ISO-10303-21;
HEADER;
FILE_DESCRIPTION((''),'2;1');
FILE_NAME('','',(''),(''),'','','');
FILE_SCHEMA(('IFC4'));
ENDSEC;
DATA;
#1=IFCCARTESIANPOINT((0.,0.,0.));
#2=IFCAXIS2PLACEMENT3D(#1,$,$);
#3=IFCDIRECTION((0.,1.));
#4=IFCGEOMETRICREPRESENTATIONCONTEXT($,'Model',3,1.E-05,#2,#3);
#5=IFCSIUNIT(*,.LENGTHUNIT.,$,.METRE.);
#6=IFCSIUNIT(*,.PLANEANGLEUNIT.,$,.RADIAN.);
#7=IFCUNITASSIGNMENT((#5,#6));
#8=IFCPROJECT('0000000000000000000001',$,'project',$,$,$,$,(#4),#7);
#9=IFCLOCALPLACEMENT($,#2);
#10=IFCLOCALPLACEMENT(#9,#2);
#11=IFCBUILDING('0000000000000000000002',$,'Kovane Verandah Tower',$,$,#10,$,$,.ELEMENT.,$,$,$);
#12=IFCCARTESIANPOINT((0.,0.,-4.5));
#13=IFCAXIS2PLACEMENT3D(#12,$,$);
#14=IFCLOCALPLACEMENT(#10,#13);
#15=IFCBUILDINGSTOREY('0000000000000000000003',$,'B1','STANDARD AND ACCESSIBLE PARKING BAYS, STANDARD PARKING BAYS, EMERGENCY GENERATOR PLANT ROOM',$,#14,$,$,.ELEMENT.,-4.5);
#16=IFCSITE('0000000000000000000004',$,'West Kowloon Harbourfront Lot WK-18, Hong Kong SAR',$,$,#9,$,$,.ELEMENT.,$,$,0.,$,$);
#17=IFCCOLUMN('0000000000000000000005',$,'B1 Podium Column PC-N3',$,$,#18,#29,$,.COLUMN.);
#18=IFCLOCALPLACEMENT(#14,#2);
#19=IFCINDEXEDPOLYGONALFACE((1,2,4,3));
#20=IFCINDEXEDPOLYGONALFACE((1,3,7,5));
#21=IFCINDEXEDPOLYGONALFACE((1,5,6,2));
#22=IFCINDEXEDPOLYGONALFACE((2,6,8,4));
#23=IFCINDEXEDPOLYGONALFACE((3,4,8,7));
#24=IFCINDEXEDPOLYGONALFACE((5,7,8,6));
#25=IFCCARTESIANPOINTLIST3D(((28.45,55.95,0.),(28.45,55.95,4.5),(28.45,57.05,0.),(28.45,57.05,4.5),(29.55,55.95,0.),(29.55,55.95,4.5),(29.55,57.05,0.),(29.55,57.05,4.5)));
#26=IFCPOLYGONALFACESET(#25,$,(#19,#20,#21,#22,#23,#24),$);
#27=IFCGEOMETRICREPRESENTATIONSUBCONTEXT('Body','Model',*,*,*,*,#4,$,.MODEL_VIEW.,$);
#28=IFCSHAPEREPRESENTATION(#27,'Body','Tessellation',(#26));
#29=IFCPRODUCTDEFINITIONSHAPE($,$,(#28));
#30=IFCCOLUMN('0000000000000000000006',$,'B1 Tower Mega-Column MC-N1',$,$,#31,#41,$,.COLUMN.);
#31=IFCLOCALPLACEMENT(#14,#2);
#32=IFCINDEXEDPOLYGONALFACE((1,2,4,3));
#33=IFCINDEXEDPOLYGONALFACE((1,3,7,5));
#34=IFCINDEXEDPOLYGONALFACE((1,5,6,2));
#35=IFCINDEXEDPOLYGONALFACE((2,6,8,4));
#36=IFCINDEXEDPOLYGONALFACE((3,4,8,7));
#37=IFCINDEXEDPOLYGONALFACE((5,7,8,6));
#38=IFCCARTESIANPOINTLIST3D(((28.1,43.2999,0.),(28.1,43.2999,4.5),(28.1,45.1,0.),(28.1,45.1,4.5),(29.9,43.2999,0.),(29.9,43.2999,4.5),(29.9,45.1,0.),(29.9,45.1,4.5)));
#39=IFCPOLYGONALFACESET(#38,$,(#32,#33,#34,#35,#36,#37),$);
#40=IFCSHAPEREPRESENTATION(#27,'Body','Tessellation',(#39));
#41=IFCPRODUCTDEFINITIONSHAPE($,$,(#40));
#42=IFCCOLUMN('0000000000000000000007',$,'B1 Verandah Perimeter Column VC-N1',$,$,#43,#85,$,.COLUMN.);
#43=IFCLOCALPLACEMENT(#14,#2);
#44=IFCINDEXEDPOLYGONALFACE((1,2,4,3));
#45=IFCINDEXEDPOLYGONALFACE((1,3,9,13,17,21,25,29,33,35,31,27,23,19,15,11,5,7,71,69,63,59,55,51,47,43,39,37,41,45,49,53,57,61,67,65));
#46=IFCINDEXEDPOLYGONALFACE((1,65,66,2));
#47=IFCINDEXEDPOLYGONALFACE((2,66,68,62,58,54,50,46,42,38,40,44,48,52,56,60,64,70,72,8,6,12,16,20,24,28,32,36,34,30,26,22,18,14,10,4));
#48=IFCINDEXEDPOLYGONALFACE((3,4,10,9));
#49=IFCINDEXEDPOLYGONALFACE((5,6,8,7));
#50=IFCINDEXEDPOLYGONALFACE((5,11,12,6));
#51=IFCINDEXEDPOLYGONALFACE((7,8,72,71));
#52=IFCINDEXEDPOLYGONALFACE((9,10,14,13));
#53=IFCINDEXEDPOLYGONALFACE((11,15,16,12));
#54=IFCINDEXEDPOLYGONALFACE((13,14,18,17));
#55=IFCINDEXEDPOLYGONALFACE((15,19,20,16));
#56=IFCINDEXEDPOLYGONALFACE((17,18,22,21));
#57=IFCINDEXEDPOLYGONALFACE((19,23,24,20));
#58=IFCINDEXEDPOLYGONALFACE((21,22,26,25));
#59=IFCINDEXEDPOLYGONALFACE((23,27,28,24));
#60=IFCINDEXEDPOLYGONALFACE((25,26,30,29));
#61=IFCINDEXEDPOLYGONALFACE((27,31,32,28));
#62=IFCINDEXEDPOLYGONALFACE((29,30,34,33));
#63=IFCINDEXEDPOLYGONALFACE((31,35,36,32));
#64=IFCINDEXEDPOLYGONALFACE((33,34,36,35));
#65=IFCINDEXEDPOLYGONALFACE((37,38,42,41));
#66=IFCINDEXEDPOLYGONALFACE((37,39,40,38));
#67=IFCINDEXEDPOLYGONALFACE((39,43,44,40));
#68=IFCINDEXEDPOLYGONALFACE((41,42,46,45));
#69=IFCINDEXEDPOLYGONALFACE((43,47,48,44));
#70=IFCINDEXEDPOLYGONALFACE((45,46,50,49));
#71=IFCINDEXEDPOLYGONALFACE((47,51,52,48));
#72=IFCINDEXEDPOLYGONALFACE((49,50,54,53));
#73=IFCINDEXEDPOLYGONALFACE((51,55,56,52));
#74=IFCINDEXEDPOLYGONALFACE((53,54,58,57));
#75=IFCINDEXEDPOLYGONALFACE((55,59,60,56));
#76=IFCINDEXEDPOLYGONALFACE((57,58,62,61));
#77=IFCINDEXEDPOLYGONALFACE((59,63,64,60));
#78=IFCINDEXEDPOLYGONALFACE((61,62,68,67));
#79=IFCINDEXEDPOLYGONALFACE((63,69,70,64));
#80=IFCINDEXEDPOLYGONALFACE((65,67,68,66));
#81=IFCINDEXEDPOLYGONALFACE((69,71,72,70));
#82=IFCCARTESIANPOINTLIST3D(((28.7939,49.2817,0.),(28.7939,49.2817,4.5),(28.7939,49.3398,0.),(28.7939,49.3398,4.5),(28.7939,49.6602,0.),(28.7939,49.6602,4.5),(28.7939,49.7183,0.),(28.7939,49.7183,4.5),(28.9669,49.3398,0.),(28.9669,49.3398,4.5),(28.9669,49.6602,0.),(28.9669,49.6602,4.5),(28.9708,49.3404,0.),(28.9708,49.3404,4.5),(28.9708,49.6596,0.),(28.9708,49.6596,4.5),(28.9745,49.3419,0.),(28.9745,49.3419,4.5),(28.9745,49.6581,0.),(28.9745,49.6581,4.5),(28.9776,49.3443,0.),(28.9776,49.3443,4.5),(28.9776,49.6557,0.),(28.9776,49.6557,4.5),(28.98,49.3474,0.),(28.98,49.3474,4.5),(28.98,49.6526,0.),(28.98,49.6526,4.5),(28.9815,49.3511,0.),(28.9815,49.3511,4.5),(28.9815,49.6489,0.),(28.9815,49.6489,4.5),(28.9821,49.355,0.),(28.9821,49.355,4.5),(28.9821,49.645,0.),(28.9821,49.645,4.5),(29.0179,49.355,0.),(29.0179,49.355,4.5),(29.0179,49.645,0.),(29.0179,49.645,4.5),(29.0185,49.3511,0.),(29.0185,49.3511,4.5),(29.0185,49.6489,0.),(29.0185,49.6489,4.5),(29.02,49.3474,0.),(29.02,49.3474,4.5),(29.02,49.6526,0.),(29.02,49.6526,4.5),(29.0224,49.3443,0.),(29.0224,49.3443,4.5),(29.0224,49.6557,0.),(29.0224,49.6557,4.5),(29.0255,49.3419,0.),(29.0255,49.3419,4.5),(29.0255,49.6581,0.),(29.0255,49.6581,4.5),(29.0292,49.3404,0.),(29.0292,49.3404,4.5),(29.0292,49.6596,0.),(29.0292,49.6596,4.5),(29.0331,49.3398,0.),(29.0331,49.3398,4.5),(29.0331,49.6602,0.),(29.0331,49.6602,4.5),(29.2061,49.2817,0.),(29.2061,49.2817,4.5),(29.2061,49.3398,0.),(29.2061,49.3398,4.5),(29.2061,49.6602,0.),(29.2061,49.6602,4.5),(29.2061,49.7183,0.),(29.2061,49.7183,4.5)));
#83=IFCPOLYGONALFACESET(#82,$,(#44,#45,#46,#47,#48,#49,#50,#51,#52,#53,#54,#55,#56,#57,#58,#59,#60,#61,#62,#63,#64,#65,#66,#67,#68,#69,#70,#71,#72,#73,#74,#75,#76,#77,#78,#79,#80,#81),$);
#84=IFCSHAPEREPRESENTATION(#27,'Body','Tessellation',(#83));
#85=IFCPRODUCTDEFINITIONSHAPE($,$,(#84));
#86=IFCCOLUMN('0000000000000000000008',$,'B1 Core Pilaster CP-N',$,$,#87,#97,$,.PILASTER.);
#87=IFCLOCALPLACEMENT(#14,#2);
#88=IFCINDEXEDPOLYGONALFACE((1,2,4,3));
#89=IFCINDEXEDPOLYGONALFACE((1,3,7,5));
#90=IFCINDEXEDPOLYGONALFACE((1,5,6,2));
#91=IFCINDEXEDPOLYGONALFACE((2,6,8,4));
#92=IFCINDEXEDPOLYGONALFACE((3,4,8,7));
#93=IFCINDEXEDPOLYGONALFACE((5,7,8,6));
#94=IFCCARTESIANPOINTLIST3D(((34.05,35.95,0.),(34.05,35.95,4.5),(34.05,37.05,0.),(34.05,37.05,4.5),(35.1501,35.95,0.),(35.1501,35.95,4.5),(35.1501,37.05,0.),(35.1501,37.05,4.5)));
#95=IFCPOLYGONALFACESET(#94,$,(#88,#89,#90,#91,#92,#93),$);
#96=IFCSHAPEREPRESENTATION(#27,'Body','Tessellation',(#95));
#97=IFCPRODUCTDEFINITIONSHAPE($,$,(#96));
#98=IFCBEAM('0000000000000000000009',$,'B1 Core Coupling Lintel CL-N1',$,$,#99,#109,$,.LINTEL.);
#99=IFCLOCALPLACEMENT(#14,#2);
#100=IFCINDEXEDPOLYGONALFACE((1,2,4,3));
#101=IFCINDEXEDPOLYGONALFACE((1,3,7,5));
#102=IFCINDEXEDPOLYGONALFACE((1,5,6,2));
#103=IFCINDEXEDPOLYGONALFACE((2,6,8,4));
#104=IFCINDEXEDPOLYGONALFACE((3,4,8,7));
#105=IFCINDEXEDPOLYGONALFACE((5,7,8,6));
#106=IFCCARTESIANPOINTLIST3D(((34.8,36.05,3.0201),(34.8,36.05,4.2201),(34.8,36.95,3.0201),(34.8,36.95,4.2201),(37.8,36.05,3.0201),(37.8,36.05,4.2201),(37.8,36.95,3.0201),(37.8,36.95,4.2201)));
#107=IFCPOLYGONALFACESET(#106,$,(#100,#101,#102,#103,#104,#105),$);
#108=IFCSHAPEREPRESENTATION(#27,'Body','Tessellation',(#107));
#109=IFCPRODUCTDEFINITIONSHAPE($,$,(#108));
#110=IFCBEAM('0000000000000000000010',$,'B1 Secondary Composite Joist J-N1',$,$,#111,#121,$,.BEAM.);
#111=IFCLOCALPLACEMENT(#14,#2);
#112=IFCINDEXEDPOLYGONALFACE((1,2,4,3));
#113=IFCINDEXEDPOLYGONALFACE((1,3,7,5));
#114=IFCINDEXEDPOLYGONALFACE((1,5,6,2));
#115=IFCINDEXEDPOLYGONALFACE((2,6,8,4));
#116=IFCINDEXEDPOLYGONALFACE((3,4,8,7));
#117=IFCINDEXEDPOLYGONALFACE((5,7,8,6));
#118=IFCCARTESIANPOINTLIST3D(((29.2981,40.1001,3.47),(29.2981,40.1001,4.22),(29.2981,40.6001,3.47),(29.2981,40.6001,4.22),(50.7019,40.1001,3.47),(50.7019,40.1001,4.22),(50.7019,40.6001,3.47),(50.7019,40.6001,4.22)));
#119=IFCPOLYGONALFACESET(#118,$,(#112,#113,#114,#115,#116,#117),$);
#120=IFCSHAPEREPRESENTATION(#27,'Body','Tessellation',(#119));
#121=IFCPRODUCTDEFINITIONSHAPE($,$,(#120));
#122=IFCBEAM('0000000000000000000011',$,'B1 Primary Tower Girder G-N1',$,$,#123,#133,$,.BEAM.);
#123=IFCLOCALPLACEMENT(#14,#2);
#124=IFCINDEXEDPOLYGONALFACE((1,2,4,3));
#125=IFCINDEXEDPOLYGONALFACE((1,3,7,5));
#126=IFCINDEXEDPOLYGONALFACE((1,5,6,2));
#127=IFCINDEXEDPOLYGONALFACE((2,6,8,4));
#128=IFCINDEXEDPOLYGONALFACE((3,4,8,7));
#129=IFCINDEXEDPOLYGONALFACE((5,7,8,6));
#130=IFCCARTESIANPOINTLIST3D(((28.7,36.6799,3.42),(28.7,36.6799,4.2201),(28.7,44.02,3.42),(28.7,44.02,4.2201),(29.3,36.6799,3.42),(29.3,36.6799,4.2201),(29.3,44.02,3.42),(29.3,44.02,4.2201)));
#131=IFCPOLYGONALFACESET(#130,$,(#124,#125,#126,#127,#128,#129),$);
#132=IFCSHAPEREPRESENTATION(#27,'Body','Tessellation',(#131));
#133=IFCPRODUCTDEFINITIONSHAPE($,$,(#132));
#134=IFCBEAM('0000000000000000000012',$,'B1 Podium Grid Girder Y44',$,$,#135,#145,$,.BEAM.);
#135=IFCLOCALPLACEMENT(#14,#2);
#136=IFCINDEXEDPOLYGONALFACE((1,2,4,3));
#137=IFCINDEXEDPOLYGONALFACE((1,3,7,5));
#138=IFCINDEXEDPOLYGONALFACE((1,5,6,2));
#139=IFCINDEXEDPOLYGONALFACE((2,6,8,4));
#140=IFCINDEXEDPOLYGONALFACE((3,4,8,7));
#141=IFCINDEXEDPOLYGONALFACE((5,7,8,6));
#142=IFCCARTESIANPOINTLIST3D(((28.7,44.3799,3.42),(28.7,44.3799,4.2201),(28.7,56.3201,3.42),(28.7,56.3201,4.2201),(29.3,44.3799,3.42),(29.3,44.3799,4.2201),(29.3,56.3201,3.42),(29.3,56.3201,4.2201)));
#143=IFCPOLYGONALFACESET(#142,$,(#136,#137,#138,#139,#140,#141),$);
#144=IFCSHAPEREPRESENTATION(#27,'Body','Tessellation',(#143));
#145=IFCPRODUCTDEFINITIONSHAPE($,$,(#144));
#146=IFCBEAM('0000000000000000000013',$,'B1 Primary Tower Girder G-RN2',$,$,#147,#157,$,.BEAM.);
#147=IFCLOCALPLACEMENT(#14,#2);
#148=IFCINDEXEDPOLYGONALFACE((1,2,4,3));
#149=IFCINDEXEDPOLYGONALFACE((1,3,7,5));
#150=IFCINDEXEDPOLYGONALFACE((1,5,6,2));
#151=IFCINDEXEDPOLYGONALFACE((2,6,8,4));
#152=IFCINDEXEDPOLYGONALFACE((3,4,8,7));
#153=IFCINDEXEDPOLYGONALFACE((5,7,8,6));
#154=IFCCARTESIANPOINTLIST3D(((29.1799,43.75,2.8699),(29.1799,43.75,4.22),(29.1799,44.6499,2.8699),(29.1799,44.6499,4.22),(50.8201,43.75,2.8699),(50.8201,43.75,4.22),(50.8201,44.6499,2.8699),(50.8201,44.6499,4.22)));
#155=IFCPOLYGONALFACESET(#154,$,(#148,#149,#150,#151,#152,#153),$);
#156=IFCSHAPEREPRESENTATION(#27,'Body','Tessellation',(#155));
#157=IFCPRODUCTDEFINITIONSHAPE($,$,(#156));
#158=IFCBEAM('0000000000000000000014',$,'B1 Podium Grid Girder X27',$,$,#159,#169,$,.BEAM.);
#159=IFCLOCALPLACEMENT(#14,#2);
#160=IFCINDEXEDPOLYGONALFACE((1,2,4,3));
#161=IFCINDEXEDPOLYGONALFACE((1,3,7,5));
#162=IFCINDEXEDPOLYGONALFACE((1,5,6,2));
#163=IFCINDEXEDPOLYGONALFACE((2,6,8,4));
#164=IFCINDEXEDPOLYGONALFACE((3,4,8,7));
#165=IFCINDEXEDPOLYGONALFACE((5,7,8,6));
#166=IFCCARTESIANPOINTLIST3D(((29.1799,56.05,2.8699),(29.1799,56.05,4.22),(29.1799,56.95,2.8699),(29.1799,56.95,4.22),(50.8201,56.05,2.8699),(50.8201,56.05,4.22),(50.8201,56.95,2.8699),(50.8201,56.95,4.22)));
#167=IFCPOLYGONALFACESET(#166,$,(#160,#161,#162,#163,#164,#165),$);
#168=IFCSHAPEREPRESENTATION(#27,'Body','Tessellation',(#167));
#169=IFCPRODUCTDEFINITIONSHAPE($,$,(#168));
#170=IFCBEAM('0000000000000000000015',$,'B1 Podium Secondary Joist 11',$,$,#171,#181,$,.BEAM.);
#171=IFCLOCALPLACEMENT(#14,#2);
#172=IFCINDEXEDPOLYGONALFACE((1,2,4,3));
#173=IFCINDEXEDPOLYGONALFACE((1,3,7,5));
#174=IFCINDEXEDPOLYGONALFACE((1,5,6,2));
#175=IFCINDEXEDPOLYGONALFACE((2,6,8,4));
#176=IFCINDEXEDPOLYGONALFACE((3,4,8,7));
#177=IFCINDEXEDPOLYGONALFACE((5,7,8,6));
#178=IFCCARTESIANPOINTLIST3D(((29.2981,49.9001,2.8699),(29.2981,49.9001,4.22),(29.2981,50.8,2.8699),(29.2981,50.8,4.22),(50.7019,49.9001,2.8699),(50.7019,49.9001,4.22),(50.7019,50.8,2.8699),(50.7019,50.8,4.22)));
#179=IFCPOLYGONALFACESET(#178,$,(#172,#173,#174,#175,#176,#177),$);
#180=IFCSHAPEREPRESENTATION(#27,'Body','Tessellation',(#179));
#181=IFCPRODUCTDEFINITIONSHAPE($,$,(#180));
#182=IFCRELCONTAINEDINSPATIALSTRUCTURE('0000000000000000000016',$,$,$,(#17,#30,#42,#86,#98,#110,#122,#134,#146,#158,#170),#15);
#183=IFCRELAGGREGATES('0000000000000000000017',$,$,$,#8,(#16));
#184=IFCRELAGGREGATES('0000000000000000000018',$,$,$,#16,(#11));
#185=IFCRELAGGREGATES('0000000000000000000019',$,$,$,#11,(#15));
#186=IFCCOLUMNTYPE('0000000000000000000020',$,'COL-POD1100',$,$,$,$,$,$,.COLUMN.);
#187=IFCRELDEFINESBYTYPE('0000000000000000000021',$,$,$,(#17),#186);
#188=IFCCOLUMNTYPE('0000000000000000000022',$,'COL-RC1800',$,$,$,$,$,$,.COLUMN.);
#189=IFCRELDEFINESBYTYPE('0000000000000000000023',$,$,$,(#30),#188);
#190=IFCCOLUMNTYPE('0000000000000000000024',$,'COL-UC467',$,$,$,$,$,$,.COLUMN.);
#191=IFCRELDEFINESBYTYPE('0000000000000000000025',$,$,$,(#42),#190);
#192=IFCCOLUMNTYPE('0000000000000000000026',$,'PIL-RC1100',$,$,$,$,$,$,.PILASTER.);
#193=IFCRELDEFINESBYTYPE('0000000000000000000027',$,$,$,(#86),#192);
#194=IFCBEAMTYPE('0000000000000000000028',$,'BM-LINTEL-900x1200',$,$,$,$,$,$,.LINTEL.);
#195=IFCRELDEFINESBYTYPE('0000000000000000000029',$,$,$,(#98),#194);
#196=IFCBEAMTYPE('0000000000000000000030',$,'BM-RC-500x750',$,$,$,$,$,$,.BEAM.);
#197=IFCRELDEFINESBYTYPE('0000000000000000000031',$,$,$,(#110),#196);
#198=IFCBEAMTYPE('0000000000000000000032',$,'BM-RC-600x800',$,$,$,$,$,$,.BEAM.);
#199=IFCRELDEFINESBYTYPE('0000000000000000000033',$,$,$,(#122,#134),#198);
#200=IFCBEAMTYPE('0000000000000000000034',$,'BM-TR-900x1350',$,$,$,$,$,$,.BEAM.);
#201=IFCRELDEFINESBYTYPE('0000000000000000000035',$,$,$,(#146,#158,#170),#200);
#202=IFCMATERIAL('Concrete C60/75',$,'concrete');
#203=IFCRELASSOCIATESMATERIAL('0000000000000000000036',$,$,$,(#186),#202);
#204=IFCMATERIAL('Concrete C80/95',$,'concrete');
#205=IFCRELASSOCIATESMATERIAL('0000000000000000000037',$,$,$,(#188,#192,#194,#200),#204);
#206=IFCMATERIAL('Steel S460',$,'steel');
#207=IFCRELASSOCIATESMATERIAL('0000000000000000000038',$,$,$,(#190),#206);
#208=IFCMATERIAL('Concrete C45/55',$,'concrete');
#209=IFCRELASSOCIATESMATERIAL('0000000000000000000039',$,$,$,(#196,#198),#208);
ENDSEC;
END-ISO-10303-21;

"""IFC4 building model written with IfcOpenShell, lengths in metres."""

from ifc_helpers import new_model, si_unit, direction, frame, origin, origin_2d, place, context, subcontext, project, spatial, rectangle, i_section, extrude, material, material_profile, profile_set, type_object, element, save


model = new_model("IFC4")

# Units and contexts
model_context = context("Model", 3, precision=1e-05, world=origin(), true_north=direction((0.0, 1.0)))
body_context = subcontext(model_context, "Body", "Model", "MODEL_VIEW")
ifc_project = project(units=[si_unit("LENGTHUNIT", "METRE"), si_unit("PLANEANGLEUNIT", "RADIAN")], contexts=[model_context])

# Site, building, storey
site_placement = place(None, origin())
site = spatial("IfcSite", under=ifc_project, at=site_placement, Name="West Kowloon Harbourfront Lot WK-18, Hong Kong SAR", CompositionType="ELEMENT", RefElevation=0.0)
building_placement = place(site_placement, origin())
building = spatial("IfcBuilding", under=site, at=building_placement, Name="Kovane Verandah Tower", CompositionType="ELEMENT")
storey_placement = place(building_placement, frame((0.0, 0.0, -4.5)))
storey = spatial("IfcBuildingStorey", under=building, at=storey_placement, Name="B1", Description="STANDARD AND ACCESSIBLE PARKING BAYS, STANDARD PARKING BAYS, EMERGENCY GENERATOR PLANT ROOM", CompositionType="ELEMENT", Elevation=-4.5)

# Columns
ifc_material_1 = material(Name="Concrete C60/75", Category="concrete")
ifc_material_profile_1 = material_profile(ifc_material_1, rectangle(XDim=1.1001, YDim=1.1001, at=origin_2d()), Name="RC1100x1100")
ifc_profile_set_1 = profile_set([ifc_material_profile_1], Name="Concrete C60/75")
column_type_1 = type_object("IfcColumnType", Name="COL-POD1100", PredefinedType="COLUMN", material=ifc_profile_set_1)
column_1_placement = place(storey_placement, frame((29.0, 56.5, 0.0), z_axis=(0.0, 0.0, 1.0), x_axis=(1.0, 0.0, 0.0)))
element("IfcColumn", 1, at=column_1_placement, inside=storey, type_object=column_type_1, Name="B1 Podium Column PC-N3", PredefinedType="COLUMN", context=body_context, shape_type="SweptSolid", body=[
    extrude(rectangle(XDim=1.1001, YDim=1.1001, at=origin_2d()), origin(), (0.0, 0.0, 1.0), 4.5),
])
ifc_material_2 = material(Name="Concrete C80/95", Category="concrete")
ifc_material_profile_2 = material_profile(ifc_material_2, rectangle(XDim=1.8, YDim=1.8, at=origin_2d()), Name="RC1800x1800")
ifc_profile_set_2 = profile_set([ifc_material_profile_2], Name="Concrete C80/95")
column_type_2 = type_object("IfcColumnType", Name="COL-RC1800", PredefinedType="COLUMN", material=ifc_profile_set_2)
column_2_placement = place(storey_placement, frame((29.0, 44.2, 0.0), z_axis=(0.0, 0.0, 1.0), x_axis=(1.0, 0.0, 0.0)))
element("IfcColumn", 2, at=column_2_placement, inside=storey, type_object=column_type_2, Name="B1 Tower Mega-Column MC-N1", PredefinedType="COLUMN", context=body_context, shape_type="SweptSolid", body=[
    extrude(rectangle(XDim=1.8, YDim=1.8, at=origin_2d()), origin(), (0.0, 0.0, 1.0), 4.5),
])
ifc_material_3 = material(Name="Steel S460", Category="steel")
ifc_material_profile_3 = material_profile(ifc_material_3, i_section(OverallWidth=0.4121, OverallDepth=0.4365, WebThickness=0.0359, FlangeThickness=0.0581, FilletRadius=0.0151, at=origin_2d()), Name="UC356x406x467")
ifc_profile_set_3 = profile_set([ifc_material_profile_3], Name="Steel S460")
column_type_3 = type_object("IfcColumnType", Name="COL-UC467", PredefinedType="COLUMN", material=ifc_profile_set_3)
column_3_placement = place(storey_placement, frame((29.0, 49.5, 0.0), z_axis=(0.0, 0.0, 1.0), x_axis=(1.0, 0.0, 0.0)))
element("IfcColumn", 3, at=column_3_placement, inside=storey, type_object=column_type_3, Name="B1 Verandah Perimeter Column VC-N1", PredefinedType="COLUMN", context=body_context, shape_type="SweptSolid", body=[
    extrude(i_section(OverallWidth=0.4121, OverallDepth=0.4365, WebThickness=0.0359, FlangeThickness=0.0581, FilletRadius=0.0151, at=origin_2d()), origin(), (0.0, 0.0, 1.0), 4.5),
])
ifc_material_profile_4 = material_profile(ifc_material_2, rectangle(XDim=1.1001, YDim=1.1001, at=origin_2d()), Name="RC1100x1100")
ifc_profile_set_4 = profile_set([ifc_material_profile_4], Name="Concrete C80/95")
column_type_4 = type_object("IfcColumnType", Name="PIL-RC1100", PredefinedType="PILASTER", material=ifc_profile_set_4)
column_4_placement = place(storey_placement, frame((34.6001, 36.5, 0.0), z_axis=(0.0, 0.0, 1.0), x_axis=(1.0, 0.0, 0.0)))
element("IfcColumn", 4, at=column_4_placement, inside=storey, type_object=column_type_4, Name="B1 Core Pilaster CP-N", PredefinedType="PILASTER", context=body_context, shape_type="SweptSolid", body=[
    extrude(rectangle(XDim=1.1001, YDim=1.1001, at=origin_2d()), origin(), (0.0, 0.0, 1.0), 4.5),
])

# Beams
ifc_material_profile_5 = material_profile(ifc_material_2, rectangle(XDim=0.8999, YDim=1.2, at=origin_2d()), Name="RCB900x1200")
ifc_profile_set_5 = profile_set([ifc_material_profile_5], Name="Concrete C80/95")
beam_type_1 = type_object("IfcBeamType", Name="BM-LINTEL-900x1200", PredefinedType="LINTEL", material=ifc_profile_set_5)
beam_1_placement = place(storey_placement, frame((34.8, 36.5, 3.6201), z_axis=(1.0, 0.0, 0.0), x_axis=(0.0, 1.0, 0.0)))
element("IfcBeam", 5, at=beam_1_placement, inside=storey, type_object=beam_type_1, Name="B1 Core Coupling Lintel CL-N1", PredefinedType="LINTEL", context=body_context, shape_type="SweptSolid", body=[
    extrude(rectangle(XDim=0.8999, YDim=1.2, at=origin_2d()), origin(), (0.0, 0.0, 1.0), 3.0),
])
ifc_material_4 = material(Name="Concrete C45/55", Category="concrete")
ifc_material_profile_6 = material_profile(ifc_material_4, rectangle(XDim=0.5, YDim=0.75, at=origin_2d()), Name="RCB500x750")
ifc_profile_set_6 = profile_set([ifc_material_profile_6], Name="Concrete C45/55")
beam_type_2 = type_object("IfcBeamType", Name="BM-RC-500x750", PredefinedType="BEAM", material=ifc_profile_set_6)
beam_2_placement = place(storey_placement, frame((29.2981, 40.3501, 3.845), z_axis=(1.0, 0.0, 0.0), x_axis=(0.0, 1.0, 0.0)))
element("IfcBeam", 6, at=beam_2_placement, inside=storey, type_object=beam_type_2, Name="B1 Secondary Composite Joist J-N1", PredefinedType="BEAM", context=body_context, shape_type="SweptSolid", body=[
    extrude(rectangle(XDim=0.5, YDim=0.75, at=origin_2d()), origin(), (0.0, 0.0, 1.0), 21.4038),
])
ifc_material_profile_7 = material_profile(ifc_material_4, rectangle(XDim=0.6001, YDim=0.8, at=origin_2d()), Name="RCB600x800")
ifc_profile_set_7 = profile_set([ifc_material_profile_7], Name="Concrete C45/55")
beam_type_3 = type_object("IfcBeamType", Name="BM-RC-600x800", PredefinedType="BEAM", material=ifc_profile_set_7)
beam_3_placement = place(storey_placement, frame((29.0, 36.6799, 3.8201), z_axis=(0.0, 1.0, 0.0), x_axis=(-1.0, 0.0, 0.0)))
element("IfcBeam", 7, at=beam_3_placement, inside=storey, type_object=beam_type_3, Name="B1 Primary Tower Girder G-N1", PredefinedType="BEAM", context=body_context, shape_type="SweptSolid", body=[
    extrude(rectangle(XDim=0.6001, YDim=0.8, at=origin_2d()), origin(), (0.0, 0.0, 1.0), 7.3401),
])
beam_4_placement = place(storey_placement, frame((29.0, 44.3799, 3.8201), z_axis=(0.0, 1.0, 0.0), x_axis=(-1.0, 0.0, 0.0)))
element("IfcBeam", 8, at=beam_4_placement, inside=storey, type_object=beam_type_3, Name="B1 Podium Grid Girder Y44", PredefinedType="BEAM", context=body_context, shape_type="SweptSolid", body=[
    extrude(rectangle(XDim=0.6001, YDim=0.8, at=origin_2d()), origin(), (0.0, 0.0, 1.0), 11.9402),
])
ifc_material_profile_8 = material_profile(ifc_material_2, rectangle(XDim=0.8999, YDim=1.3501, at=origin_2d()), Name="RCB900x1350")
ifc_profile_set_8 = profile_set([ifc_material_profile_8], Name="Concrete C80/95")
beam_type_4 = type_object("IfcBeamType", Name="BM-TR-900x1350", PredefinedType="BEAM", material=ifc_profile_set_8)
for number, where, z_axis, x_axis, name in (
    (9, (29.1799, 44.2, 3.5449), (1.0, 0.0, 0.0), (0.0, 1.0, 0.0), "B1 Primary Tower Girder G-RN2"),
    (10, (29.1799, 56.5, 3.5449), (1.0, 0.0, 0.0), (0.0, 1.0, 0.0), "B1 Podium Grid Girder X27"),
):
    element("IfcBeam", number, at=place(storey_placement, frame(where, z_axis=z_axis, x_axis=x_axis)), inside=storey, type_object=beam_type_4, Name=name, PredefinedType="BEAM", context=body_context, shape_type="SweptSolid", body=[
        extrude(rectangle(XDim=0.8999, YDim=1.3501, at=origin_2d()), origin(), (0.0, 0.0, 1.0), 21.6401),
    ])
beam_5_placement = place(storey_placement, frame((29.2981, 50.3501, 3.5449), z_axis=(1.0, 0.0, 0.0), x_axis=(0.0, 1.0, 0.0)))
element("IfcBeam", 11, at=beam_5_placement, inside=storey, type_object=beam_type_4, Name="B1 Podium Secondary Joist 11", PredefinedType="BEAM", context=body_context, shape_type="SweptSolid", body=[
    extrude(rectangle(XDim=0.8999, YDim=1.3501, at=origin_2d()), origin(), (0.0, 0.0, 1.0), 21.4038),
])

save(model, "model.ifc")
